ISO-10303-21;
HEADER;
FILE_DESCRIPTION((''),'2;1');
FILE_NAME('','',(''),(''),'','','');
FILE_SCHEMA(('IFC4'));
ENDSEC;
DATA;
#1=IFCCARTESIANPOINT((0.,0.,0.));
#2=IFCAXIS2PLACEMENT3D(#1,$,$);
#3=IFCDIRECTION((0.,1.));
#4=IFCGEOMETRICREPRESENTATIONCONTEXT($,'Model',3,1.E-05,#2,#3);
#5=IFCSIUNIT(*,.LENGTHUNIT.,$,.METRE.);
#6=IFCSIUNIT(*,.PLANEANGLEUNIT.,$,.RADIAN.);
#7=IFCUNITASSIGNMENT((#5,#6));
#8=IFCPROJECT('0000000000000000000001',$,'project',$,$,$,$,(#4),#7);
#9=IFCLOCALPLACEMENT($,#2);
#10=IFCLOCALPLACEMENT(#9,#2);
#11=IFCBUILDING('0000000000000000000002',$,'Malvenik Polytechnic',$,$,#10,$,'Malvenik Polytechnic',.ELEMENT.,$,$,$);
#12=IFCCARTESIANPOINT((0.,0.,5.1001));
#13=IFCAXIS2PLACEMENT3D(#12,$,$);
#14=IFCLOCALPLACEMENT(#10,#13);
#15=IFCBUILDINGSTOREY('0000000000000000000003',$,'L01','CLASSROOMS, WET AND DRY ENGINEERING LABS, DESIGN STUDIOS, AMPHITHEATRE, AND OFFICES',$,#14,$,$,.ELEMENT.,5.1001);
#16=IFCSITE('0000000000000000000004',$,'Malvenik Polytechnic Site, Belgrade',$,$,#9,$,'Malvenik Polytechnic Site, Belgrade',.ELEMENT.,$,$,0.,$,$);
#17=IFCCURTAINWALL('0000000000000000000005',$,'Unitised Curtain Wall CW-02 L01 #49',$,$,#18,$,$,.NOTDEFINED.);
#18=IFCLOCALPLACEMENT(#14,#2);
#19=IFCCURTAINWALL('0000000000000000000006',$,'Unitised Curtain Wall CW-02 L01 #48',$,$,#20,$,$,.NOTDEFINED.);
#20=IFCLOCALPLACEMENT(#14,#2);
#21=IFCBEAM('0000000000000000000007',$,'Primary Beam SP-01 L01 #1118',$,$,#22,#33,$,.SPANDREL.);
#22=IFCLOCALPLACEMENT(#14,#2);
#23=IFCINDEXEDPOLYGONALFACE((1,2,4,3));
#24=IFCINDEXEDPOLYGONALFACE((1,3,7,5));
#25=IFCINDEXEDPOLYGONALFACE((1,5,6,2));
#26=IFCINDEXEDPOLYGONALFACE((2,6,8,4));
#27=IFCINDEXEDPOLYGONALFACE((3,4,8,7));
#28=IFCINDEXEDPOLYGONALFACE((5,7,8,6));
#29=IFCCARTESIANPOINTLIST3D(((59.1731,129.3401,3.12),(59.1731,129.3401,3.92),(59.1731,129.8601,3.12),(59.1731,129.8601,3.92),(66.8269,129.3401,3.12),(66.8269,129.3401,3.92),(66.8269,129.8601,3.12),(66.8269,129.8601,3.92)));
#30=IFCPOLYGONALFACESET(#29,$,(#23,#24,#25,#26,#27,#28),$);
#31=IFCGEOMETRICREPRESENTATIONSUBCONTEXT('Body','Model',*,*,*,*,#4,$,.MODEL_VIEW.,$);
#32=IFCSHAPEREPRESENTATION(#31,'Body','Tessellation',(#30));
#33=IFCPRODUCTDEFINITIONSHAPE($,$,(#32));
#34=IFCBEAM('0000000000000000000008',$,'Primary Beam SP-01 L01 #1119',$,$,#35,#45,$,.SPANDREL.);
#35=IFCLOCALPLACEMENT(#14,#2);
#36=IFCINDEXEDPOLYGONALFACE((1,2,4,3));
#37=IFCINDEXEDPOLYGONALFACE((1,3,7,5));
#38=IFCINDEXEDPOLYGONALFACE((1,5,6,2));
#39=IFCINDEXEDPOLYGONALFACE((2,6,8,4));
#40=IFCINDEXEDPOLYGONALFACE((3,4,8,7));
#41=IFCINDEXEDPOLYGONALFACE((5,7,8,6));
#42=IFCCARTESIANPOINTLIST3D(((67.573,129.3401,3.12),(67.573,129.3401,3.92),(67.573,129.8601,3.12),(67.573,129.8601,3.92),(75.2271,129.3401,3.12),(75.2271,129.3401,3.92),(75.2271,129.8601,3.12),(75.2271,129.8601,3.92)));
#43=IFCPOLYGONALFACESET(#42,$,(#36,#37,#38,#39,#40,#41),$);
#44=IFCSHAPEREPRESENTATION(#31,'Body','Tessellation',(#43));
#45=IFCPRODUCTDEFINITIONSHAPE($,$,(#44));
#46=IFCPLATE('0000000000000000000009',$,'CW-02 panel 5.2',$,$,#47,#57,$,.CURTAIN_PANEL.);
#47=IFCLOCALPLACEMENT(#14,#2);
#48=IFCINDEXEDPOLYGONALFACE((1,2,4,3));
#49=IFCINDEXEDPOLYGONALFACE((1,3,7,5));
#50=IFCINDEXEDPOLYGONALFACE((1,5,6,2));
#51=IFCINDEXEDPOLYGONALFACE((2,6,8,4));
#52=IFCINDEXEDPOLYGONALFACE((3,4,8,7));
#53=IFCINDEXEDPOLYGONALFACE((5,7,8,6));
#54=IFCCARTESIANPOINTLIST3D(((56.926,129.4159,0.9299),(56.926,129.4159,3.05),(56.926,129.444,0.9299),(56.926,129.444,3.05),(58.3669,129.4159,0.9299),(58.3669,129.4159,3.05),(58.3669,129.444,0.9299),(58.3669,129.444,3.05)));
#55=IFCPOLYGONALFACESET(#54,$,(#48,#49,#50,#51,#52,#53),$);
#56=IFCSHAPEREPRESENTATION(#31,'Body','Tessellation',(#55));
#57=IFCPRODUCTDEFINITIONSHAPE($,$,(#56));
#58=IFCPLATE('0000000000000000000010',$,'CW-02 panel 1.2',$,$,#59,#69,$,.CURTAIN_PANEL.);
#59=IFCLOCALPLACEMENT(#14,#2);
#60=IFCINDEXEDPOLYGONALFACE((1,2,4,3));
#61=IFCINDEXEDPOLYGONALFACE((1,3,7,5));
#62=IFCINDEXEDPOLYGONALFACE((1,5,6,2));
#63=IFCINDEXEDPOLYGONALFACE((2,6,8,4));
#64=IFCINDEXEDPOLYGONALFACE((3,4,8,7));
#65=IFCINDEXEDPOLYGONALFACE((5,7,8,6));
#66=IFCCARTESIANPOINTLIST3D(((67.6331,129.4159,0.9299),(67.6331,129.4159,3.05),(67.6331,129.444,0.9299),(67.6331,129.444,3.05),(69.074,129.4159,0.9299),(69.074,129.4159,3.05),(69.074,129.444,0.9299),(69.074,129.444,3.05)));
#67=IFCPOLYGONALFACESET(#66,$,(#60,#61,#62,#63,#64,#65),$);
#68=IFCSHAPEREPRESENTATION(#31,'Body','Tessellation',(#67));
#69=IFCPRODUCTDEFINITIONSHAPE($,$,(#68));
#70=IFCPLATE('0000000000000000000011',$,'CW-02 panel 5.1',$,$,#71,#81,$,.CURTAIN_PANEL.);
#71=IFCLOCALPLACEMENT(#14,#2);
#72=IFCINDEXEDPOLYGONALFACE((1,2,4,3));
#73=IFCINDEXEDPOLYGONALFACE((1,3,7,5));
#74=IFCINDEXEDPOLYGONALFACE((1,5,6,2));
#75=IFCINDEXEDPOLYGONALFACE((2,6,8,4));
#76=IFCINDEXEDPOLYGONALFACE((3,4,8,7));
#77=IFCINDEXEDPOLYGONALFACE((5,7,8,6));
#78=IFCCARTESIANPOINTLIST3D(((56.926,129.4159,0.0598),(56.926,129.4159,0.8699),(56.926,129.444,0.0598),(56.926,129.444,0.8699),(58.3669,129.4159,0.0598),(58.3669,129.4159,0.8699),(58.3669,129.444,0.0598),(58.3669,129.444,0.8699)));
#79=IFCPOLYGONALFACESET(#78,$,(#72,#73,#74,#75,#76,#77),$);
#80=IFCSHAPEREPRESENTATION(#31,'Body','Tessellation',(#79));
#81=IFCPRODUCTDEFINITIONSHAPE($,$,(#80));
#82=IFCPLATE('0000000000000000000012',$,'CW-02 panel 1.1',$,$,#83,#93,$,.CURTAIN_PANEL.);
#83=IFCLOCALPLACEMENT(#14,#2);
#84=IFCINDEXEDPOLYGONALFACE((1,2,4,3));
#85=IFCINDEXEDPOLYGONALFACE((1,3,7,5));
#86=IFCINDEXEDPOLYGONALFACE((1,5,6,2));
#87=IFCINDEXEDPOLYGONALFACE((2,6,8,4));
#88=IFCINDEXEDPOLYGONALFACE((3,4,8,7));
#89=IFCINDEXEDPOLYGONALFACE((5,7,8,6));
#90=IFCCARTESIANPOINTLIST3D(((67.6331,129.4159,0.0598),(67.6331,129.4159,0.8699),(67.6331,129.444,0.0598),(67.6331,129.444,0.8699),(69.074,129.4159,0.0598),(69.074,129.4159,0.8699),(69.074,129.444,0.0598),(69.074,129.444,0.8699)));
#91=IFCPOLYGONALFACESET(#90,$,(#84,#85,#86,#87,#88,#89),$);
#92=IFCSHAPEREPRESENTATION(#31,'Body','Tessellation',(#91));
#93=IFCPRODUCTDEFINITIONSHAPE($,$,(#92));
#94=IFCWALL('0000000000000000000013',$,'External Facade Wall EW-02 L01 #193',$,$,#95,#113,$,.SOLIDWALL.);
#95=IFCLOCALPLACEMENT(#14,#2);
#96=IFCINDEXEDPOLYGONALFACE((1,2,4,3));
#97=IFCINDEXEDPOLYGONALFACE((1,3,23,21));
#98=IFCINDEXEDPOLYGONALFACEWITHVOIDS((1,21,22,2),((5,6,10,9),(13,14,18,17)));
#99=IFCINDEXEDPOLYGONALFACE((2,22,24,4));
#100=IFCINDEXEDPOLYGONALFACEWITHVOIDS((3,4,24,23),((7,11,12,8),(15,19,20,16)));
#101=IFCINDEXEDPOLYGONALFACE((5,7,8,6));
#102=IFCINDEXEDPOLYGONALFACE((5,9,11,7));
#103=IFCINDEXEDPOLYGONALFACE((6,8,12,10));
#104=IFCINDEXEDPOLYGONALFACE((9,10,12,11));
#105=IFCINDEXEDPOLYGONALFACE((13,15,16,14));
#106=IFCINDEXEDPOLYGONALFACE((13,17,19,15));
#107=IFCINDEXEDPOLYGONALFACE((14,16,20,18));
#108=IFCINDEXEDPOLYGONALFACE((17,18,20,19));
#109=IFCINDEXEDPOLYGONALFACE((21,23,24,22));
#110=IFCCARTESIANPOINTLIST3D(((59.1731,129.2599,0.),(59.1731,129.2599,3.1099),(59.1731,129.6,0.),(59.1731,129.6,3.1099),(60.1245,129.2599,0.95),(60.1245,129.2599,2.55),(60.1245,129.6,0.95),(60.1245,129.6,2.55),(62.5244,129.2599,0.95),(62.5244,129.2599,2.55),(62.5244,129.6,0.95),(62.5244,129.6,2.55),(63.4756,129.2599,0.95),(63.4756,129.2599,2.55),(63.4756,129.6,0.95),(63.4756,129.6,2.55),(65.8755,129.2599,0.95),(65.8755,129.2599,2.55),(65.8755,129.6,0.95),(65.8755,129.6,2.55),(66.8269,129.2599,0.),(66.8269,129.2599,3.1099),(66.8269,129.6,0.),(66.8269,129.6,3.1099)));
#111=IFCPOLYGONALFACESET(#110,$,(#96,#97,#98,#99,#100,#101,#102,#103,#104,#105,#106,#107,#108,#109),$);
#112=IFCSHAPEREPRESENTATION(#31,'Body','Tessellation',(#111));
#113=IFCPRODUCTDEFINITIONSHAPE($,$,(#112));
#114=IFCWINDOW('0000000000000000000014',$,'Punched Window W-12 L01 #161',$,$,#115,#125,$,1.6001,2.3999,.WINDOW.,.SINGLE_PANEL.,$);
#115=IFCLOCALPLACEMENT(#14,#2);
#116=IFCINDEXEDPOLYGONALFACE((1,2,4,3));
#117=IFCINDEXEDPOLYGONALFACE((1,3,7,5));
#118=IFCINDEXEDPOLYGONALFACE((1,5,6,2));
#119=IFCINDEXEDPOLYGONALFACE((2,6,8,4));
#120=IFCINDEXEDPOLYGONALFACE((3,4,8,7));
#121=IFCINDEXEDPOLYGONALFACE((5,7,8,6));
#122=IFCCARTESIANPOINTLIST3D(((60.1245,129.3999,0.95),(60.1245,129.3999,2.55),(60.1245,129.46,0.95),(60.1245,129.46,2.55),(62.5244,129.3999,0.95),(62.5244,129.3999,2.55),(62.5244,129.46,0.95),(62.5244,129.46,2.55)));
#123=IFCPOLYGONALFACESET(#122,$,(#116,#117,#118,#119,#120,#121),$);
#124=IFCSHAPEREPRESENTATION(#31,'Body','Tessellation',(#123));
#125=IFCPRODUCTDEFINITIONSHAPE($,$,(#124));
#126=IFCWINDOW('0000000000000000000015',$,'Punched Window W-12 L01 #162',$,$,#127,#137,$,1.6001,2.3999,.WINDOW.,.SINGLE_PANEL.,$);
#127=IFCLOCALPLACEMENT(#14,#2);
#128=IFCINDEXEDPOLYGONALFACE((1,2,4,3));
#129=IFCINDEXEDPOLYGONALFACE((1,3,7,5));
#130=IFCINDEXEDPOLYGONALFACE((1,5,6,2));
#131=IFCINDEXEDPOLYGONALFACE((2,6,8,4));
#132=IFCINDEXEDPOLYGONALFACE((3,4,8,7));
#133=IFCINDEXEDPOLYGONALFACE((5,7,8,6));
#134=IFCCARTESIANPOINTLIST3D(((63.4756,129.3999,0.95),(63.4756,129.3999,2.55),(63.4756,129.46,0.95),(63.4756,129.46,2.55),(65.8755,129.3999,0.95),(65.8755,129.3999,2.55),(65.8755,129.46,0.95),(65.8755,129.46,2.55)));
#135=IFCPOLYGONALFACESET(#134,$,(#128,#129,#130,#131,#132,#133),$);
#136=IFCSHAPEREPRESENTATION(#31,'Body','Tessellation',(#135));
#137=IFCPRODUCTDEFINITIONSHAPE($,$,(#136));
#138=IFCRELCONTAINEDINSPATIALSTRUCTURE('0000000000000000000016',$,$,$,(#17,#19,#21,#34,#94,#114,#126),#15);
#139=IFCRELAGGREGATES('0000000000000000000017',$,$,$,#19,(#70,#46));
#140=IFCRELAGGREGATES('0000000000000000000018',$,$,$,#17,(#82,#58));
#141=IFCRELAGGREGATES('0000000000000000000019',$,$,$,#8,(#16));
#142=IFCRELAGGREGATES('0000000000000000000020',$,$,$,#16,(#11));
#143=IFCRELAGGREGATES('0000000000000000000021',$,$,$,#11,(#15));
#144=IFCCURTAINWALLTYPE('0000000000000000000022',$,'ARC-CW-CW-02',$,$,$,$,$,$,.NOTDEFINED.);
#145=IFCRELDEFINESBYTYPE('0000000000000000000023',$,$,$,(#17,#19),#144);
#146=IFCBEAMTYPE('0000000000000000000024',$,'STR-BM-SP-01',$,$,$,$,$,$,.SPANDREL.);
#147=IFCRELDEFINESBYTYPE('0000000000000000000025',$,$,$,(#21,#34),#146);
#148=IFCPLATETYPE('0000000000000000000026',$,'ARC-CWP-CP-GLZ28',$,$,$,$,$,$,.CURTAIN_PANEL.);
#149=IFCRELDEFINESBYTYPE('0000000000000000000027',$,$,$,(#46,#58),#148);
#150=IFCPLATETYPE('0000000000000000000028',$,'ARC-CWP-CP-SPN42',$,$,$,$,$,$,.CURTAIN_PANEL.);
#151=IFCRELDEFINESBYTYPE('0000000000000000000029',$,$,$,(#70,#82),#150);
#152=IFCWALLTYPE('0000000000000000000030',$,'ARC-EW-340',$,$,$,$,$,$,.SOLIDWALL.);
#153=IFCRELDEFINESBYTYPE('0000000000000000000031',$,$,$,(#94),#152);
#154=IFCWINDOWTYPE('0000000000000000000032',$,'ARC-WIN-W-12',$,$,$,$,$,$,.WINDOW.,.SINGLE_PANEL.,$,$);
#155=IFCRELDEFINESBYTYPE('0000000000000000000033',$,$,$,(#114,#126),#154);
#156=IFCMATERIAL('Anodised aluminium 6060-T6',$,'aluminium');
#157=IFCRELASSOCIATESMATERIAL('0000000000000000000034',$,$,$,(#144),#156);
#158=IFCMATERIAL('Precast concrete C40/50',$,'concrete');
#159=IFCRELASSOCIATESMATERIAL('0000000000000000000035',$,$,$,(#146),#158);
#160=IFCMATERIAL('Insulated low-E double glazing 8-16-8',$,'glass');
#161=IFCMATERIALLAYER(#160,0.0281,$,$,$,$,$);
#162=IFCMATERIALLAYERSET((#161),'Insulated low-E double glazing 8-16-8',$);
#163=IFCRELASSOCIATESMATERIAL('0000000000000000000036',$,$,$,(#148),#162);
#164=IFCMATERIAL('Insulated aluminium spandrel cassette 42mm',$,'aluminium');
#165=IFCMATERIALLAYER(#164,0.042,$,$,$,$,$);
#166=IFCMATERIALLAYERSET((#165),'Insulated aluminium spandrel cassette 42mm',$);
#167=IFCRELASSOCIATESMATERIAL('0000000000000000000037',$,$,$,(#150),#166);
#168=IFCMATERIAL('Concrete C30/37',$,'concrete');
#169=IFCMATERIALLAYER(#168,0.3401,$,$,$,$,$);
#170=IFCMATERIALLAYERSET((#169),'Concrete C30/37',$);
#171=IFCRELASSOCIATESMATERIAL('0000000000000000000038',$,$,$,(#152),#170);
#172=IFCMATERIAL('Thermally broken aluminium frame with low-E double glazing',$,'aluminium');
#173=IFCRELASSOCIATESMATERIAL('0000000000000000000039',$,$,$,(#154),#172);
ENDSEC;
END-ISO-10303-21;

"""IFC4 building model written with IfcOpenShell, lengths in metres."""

from ifc_helpers import new_model, si_unit, direction, frame, frame_2d, origin, origin_2d, place, context, subcontext, project, spatial, rectangle, extrude, material, layer, layer_set, material_profile, profile_set, type_object, element, fill, aggregate, save


model = new_model("IFC4")

# Units and contexts
model_context = context("Model", 3, precision=1e-05, world=origin(), true_north=direction((0.0, 1.0)))
body_context = subcontext(model_context, "Body", "Model", "MODEL_VIEW")
ifc_project = project(units=[si_unit("LENGTHUNIT", "METRE"), si_unit("PLANEANGLEUNIT", "RADIAN")], contexts=[model_context])

# Site, building, storey
site_placement = place(None, origin())
site = spatial("IfcSite", under=ifc_project, at=site_placement, Name="Malvenik Polytechnic Site, Belgrade", LongName="Malvenik Polytechnic Site, Belgrade", CompositionType="ELEMENT", RefElevation=0.0)
building_placement = place(site_placement, origin())
building = spatial("IfcBuilding", under=site, at=building_placement, Name="Malvenik Polytechnic", LongName="Malvenik Polytechnic", CompositionType="ELEMENT")
storey_placement = place(building_placement, frame((0.0, 0.0, 5.1001)))
storey = spatial("IfcBuildingStorey", under=building, at=storey_placement, Name="L01", Description="CLASSROOMS, WET AND DRY ENGINEERING LABS, DESIGN STUDIOS, AMPHITHEATRE, AND OFFICES", CompositionType="ELEMENT", Elevation=5.1001)

# Curtain wall
ifc_material_1 = material(Name="Anodised aluminium 6060-T6", Category="aluminium")
curtain_wall_type = type_object("IfcCurtainWallType", Name="ARC-CW-CW-02", PredefinedType="NOTDEFINED", material=ifc_material_1)
curtain_wall_1_placement = place(storey_placement, origin())
curtain_wall_1 = element("IfcCurtainWall", 1, at=curtain_wall_1_placement, inside=storey, type_object=curtain_wall_type, Name="Unitised Curtain Wall CW-02 L01 #49", PredefinedType="NOTDEFINED")

# Curtain wall
curtain_wall_2_placement = place(storey_placement, origin())
curtain_wall_2 = element("IfcCurtainWall", 2, at=curtain_wall_2_placement, inside=storey, type_object=curtain_wall_type, Name="Unitised Curtain Wall CW-02 L01 #48", PredefinedType="NOTDEFINED")

# Beams
ifc_material_2 = material(Name="Precast concrete C40/50", Category="concrete")
ifc_material_profile_1 = material_profile(ifc_material_2, rectangle(XDim=0.52, YDim=0.8, at=origin_2d()), Name="PC SPN 520x800")
ifc_profile_set_1 = profile_set([ifc_material_profile_1], Name="Precast concrete C40/50")
beam_type = type_object("IfcBeamType", Name="STR-BM-SP-01", PredefinedType="SPANDREL", material=ifc_profile_set_1)
beam_1_placement = place(storey_placement, frame((59.1731, 129.6001, 3.52), z_axis=(1.0, 0.0, 0.0), x_axis=(0.0, 1.0, 0.0)))
element("IfcBeam", 3, at=beam_1_placement, inside=storey, type_object=beam_type, Name="Primary Beam SP-01 L01 #1118", PredefinedType="SPANDREL", context=body_context, shape_type="SweptSolid", body=[
    extrude(rectangle(XDim=0.52, YDim=0.8, at=origin_2d()), origin(), (0.0, 0.0, 1.0), 7.6538),
])
beam_2_placement = place(storey_placement, frame((67.573, 129.6001, 3.52), z_axis=(1.0, 0.0, 0.0), x_axis=(0.0, 1.0, 0.0)))
element("IfcBeam", 4, at=beam_2_placement, inside=storey, type_object=beam_type, Name="Primary Beam SP-01 L01 #1119", PredefinedType="SPANDREL", context=body_context, shape_type="SweptSolid", body=[
    extrude(rectangle(XDim=0.52, YDim=0.8, at=origin_2d()), origin(), (0.0, 0.0, 1.0), 7.6541),
])

# Plates
ifc_material_3 = material(Name="Insulated low-E double glazing 8-16-8", Category="glass")
ifc_layer_1 = layer(ifc_material_3, 0.0281)
ifc_layer_set_1 = layer_set([ifc_layer_1], Name="Insulated low-E double glazing 8-16-8")
plate_type_1 = type_object("IfcPlateType", Name="ARC-CWP-CP-GLZ28", PredefinedType="CURTAIN_PANEL", material=ifc_layer_set_1)
plate_1_placement = place(storey_placement, frame((57.6465, 129.4299, 0.9299), z_axis=(0.0, 0.0, 1.0), x_axis=(1.0, 0.0, 0.0)))
plate_1 = element("IfcPlate", 5, at=plate_1_placement, type_object=plate_type_1, Name="CW-02 panel 5.2", PredefinedType="CURTAIN_PANEL", context=body_context, shape_type="SweptSolid", body=[
    extrude(rectangle(XDim=1.4409, YDim=0.0281, at=origin_2d()), origin(), (0.0, 0.0, 1.0), 2.1201),
])
plate_2_placement = place(storey_placement, frame((68.3535, 129.4299, 0.9299), z_axis=(0.0, 0.0, 1.0), x_axis=(1.0, 0.0, 0.0)))
plate_2 = element("IfcPlate", 6, at=plate_2_placement, type_object=plate_type_1, Name="CW-02 panel 1.2", PredefinedType="CURTAIN_PANEL", context=body_context, shape_type="SweptSolid", body=[
    extrude(rectangle(XDim=1.4409, YDim=0.0281, at=origin_2d()), origin(), (0.0, 0.0, 1.0), 2.1201),
])
ifc_material_4 = material(Name="Insulated aluminium spandrel cassette 42mm", Category="aluminium")
ifc_layer_2 = layer(ifc_material_4, 0.042)
ifc_layer_set_2 = layer_set([ifc_layer_2], Name="Insulated aluminium spandrel cassette 42mm")
plate_type_2 = type_object("IfcPlateType", Name="ARC-CWP-CP-SPN42", PredefinedType="CURTAIN_PANEL", material=ifc_layer_set_2)
plate_3_placement = place(storey_placement, frame((57.6465, 129.4299, 0.0598), z_axis=(0.0, 0.0, 1.0), x_axis=(1.0, 0.0, 0.0)))
plate_3 = element("IfcPlate", 7, at=plate_3_placement, type_object=plate_type_2, Name="CW-02 panel 5.1", PredefinedType="CURTAIN_PANEL", context=body_context, shape_type="SweptSolid", body=[
    extrude(rectangle(XDim=1.4409, YDim=0.0281, at=origin_2d()), origin(), (0.0, 0.0, 1.0), 0.8101),
])
aggregate(curtain_wall_2, [plate_3, plate_1])
plate_4_placement = place(storey_placement, frame((68.3535, 129.4299, 0.0598), z_axis=(0.0, 0.0, 1.0), x_axis=(1.0, 0.0, 0.0)))
plate_4 = element("IfcPlate", 8, at=plate_4_placement, type_object=plate_type_2, Name="CW-02 panel 1.1", PredefinedType="CURTAIN_PANEL", context=body_context, shape_type="SweptSolid", body=[
    extrude(rectangle(XDim=1.4409, YDim=0.0281, at=origin_2d()), origin(), (0.0, 0.0, 1.0), 0.8101),
])
aggregate(curtain_wall_1, [plate_4, plate_2])

# Wall, openings, windows
ifc_material_5 = material(Name="Concrete C30/37", Category="concrete")
ifc_layer_3 = layer(ifc_material_5, 0.3401)
ifc_layer_set_3 = layer_set([ifc_layer_3], Name="Concrete C30/37")
wall_type = type_object("IfcWallType", Name="ARC-EW-340", PredefinedType="SOLIDWALL", material=ifc_layer_set_3)
wall_placement = place(storey_placement, frame((59.1731, 129.4299, 0.0), z_axis=(0.0, 0.0, 1.0), x_axis=(1.0, 0.0, 0.0)))
wall = element("IfcWall", 9, at=wall_placement, inside=storey, type_object=wall_type, Name="External Facade Wall EW-02 L01 #193", PredefinedType="SOLIDWALL", context=body_context, shape_type="SweptSolid", body=[
    extrude(rectangle(XDim=7.6538, YDim=0.3401, at=frame_2d((3.8269, 0.0))), origin(), (0.0, 0.0, 1.0), 3.1099),
])
opening_1_placement = place(wall_placement, frame((0.9514, 0.0, 0.95)))
opening_1 = element("IfcOpeningElement", 10, at=opening_1_placement, cuts=wall, PredefinedType="OPENING", context=body_context, shape_type="SweptSolid", body=[
    extrude(rectangle(XDim=2.3999, YDim=1.6001, at=frame_2d((1.2, 0.8))), frame((0.0, 0.1802, 0.0), z_axis=(0.0, -1.0, 0.0), x_axis=(1.0, 0.0, 0.0)), (0.0, 0.0, 1.0), 0.3601),
])
opening_2_placement = place(wall_placement, frame((4.3025, 0.0, 0.95)))
opening_2 = element("IfcOpeningElement", 11, at=opening_2_placement, cuts=wall, PredefinedType="OPENING", context=body_context, shape_type="SweptSolid", body=[
    extrude(rectangle(XDim=2.3999, YDim=1.6001, at=frame_2d((1.2, 0.8))), frame((0.0, 0.1802, 0.0), z_axis=(0.0, -1.0, 0.0), x_axis=(1.0, 0.0, 0.0)), (0.0, 0.0, 1.0), 0.3601),
])
ifc_material_6 = material(Name="Thermally broken aluminium frame with low-E double glazing", Category="aluminium")
window_type = type_object("IfcWindowType", Name="ARC-WIN-W-12", PartitioningType="SINGLE_PANEL", PredefinedType="WINDOW", material=ifc_material_6)
window_1_placement = place(opening_1_placement, origin())
window_1 = element("IfcWindow", 12, at=window_1_placement, inside=storey, type_object=window_type, Name="Punched Window W-12 L01 #161", OverallHeight=1.6001, OverallWidth=2.3999, PartitioningType="SINGLE_PANEL", PredefinedType="WINDOW", context=body_context, shape_type="SweptSolid", body=[
    extrude(rectangle(XDim=2.3999, YDim=1.6001, at=frame_2d((1.2, 0.8))), frame((0.0, 0.03, 0.0), z_axis=(0.0, -1.0, 0.0), x_axis=(1.0, 0.0, 0.0)), (0.0, 0.0, 1.0), 0.0601),
])
fill(opening_1, window_1)
window_2_placement = place(opening_2_placement, origin())
window_2 = element("IfcWindow", 13, at=window_2_placement, inside=storey, type_object=window_type, Name="Punched Window W-12 L01 #162", OverallHeight=1.6001, OverallWidth=2.3999, PartitioningType="SINGLE_PANEL", PredefinedType="WINDOW", context=body_context, shape_type="SweptSolid", body=[
    extrude(rectangle(XDim=2.3999, YDim=1.6001, at=frame_2d((1.2, 0.8))), frame((0.0, 0.03, 0.0), z_axis=(0.0, -1.0, 0.0), x_axis=(1.0, 0.0, 0.0)), (0.0, 0.0, 1.0), 0.0601),
])
fill(opening_2, window_2)

save(model, "model.ifc")
